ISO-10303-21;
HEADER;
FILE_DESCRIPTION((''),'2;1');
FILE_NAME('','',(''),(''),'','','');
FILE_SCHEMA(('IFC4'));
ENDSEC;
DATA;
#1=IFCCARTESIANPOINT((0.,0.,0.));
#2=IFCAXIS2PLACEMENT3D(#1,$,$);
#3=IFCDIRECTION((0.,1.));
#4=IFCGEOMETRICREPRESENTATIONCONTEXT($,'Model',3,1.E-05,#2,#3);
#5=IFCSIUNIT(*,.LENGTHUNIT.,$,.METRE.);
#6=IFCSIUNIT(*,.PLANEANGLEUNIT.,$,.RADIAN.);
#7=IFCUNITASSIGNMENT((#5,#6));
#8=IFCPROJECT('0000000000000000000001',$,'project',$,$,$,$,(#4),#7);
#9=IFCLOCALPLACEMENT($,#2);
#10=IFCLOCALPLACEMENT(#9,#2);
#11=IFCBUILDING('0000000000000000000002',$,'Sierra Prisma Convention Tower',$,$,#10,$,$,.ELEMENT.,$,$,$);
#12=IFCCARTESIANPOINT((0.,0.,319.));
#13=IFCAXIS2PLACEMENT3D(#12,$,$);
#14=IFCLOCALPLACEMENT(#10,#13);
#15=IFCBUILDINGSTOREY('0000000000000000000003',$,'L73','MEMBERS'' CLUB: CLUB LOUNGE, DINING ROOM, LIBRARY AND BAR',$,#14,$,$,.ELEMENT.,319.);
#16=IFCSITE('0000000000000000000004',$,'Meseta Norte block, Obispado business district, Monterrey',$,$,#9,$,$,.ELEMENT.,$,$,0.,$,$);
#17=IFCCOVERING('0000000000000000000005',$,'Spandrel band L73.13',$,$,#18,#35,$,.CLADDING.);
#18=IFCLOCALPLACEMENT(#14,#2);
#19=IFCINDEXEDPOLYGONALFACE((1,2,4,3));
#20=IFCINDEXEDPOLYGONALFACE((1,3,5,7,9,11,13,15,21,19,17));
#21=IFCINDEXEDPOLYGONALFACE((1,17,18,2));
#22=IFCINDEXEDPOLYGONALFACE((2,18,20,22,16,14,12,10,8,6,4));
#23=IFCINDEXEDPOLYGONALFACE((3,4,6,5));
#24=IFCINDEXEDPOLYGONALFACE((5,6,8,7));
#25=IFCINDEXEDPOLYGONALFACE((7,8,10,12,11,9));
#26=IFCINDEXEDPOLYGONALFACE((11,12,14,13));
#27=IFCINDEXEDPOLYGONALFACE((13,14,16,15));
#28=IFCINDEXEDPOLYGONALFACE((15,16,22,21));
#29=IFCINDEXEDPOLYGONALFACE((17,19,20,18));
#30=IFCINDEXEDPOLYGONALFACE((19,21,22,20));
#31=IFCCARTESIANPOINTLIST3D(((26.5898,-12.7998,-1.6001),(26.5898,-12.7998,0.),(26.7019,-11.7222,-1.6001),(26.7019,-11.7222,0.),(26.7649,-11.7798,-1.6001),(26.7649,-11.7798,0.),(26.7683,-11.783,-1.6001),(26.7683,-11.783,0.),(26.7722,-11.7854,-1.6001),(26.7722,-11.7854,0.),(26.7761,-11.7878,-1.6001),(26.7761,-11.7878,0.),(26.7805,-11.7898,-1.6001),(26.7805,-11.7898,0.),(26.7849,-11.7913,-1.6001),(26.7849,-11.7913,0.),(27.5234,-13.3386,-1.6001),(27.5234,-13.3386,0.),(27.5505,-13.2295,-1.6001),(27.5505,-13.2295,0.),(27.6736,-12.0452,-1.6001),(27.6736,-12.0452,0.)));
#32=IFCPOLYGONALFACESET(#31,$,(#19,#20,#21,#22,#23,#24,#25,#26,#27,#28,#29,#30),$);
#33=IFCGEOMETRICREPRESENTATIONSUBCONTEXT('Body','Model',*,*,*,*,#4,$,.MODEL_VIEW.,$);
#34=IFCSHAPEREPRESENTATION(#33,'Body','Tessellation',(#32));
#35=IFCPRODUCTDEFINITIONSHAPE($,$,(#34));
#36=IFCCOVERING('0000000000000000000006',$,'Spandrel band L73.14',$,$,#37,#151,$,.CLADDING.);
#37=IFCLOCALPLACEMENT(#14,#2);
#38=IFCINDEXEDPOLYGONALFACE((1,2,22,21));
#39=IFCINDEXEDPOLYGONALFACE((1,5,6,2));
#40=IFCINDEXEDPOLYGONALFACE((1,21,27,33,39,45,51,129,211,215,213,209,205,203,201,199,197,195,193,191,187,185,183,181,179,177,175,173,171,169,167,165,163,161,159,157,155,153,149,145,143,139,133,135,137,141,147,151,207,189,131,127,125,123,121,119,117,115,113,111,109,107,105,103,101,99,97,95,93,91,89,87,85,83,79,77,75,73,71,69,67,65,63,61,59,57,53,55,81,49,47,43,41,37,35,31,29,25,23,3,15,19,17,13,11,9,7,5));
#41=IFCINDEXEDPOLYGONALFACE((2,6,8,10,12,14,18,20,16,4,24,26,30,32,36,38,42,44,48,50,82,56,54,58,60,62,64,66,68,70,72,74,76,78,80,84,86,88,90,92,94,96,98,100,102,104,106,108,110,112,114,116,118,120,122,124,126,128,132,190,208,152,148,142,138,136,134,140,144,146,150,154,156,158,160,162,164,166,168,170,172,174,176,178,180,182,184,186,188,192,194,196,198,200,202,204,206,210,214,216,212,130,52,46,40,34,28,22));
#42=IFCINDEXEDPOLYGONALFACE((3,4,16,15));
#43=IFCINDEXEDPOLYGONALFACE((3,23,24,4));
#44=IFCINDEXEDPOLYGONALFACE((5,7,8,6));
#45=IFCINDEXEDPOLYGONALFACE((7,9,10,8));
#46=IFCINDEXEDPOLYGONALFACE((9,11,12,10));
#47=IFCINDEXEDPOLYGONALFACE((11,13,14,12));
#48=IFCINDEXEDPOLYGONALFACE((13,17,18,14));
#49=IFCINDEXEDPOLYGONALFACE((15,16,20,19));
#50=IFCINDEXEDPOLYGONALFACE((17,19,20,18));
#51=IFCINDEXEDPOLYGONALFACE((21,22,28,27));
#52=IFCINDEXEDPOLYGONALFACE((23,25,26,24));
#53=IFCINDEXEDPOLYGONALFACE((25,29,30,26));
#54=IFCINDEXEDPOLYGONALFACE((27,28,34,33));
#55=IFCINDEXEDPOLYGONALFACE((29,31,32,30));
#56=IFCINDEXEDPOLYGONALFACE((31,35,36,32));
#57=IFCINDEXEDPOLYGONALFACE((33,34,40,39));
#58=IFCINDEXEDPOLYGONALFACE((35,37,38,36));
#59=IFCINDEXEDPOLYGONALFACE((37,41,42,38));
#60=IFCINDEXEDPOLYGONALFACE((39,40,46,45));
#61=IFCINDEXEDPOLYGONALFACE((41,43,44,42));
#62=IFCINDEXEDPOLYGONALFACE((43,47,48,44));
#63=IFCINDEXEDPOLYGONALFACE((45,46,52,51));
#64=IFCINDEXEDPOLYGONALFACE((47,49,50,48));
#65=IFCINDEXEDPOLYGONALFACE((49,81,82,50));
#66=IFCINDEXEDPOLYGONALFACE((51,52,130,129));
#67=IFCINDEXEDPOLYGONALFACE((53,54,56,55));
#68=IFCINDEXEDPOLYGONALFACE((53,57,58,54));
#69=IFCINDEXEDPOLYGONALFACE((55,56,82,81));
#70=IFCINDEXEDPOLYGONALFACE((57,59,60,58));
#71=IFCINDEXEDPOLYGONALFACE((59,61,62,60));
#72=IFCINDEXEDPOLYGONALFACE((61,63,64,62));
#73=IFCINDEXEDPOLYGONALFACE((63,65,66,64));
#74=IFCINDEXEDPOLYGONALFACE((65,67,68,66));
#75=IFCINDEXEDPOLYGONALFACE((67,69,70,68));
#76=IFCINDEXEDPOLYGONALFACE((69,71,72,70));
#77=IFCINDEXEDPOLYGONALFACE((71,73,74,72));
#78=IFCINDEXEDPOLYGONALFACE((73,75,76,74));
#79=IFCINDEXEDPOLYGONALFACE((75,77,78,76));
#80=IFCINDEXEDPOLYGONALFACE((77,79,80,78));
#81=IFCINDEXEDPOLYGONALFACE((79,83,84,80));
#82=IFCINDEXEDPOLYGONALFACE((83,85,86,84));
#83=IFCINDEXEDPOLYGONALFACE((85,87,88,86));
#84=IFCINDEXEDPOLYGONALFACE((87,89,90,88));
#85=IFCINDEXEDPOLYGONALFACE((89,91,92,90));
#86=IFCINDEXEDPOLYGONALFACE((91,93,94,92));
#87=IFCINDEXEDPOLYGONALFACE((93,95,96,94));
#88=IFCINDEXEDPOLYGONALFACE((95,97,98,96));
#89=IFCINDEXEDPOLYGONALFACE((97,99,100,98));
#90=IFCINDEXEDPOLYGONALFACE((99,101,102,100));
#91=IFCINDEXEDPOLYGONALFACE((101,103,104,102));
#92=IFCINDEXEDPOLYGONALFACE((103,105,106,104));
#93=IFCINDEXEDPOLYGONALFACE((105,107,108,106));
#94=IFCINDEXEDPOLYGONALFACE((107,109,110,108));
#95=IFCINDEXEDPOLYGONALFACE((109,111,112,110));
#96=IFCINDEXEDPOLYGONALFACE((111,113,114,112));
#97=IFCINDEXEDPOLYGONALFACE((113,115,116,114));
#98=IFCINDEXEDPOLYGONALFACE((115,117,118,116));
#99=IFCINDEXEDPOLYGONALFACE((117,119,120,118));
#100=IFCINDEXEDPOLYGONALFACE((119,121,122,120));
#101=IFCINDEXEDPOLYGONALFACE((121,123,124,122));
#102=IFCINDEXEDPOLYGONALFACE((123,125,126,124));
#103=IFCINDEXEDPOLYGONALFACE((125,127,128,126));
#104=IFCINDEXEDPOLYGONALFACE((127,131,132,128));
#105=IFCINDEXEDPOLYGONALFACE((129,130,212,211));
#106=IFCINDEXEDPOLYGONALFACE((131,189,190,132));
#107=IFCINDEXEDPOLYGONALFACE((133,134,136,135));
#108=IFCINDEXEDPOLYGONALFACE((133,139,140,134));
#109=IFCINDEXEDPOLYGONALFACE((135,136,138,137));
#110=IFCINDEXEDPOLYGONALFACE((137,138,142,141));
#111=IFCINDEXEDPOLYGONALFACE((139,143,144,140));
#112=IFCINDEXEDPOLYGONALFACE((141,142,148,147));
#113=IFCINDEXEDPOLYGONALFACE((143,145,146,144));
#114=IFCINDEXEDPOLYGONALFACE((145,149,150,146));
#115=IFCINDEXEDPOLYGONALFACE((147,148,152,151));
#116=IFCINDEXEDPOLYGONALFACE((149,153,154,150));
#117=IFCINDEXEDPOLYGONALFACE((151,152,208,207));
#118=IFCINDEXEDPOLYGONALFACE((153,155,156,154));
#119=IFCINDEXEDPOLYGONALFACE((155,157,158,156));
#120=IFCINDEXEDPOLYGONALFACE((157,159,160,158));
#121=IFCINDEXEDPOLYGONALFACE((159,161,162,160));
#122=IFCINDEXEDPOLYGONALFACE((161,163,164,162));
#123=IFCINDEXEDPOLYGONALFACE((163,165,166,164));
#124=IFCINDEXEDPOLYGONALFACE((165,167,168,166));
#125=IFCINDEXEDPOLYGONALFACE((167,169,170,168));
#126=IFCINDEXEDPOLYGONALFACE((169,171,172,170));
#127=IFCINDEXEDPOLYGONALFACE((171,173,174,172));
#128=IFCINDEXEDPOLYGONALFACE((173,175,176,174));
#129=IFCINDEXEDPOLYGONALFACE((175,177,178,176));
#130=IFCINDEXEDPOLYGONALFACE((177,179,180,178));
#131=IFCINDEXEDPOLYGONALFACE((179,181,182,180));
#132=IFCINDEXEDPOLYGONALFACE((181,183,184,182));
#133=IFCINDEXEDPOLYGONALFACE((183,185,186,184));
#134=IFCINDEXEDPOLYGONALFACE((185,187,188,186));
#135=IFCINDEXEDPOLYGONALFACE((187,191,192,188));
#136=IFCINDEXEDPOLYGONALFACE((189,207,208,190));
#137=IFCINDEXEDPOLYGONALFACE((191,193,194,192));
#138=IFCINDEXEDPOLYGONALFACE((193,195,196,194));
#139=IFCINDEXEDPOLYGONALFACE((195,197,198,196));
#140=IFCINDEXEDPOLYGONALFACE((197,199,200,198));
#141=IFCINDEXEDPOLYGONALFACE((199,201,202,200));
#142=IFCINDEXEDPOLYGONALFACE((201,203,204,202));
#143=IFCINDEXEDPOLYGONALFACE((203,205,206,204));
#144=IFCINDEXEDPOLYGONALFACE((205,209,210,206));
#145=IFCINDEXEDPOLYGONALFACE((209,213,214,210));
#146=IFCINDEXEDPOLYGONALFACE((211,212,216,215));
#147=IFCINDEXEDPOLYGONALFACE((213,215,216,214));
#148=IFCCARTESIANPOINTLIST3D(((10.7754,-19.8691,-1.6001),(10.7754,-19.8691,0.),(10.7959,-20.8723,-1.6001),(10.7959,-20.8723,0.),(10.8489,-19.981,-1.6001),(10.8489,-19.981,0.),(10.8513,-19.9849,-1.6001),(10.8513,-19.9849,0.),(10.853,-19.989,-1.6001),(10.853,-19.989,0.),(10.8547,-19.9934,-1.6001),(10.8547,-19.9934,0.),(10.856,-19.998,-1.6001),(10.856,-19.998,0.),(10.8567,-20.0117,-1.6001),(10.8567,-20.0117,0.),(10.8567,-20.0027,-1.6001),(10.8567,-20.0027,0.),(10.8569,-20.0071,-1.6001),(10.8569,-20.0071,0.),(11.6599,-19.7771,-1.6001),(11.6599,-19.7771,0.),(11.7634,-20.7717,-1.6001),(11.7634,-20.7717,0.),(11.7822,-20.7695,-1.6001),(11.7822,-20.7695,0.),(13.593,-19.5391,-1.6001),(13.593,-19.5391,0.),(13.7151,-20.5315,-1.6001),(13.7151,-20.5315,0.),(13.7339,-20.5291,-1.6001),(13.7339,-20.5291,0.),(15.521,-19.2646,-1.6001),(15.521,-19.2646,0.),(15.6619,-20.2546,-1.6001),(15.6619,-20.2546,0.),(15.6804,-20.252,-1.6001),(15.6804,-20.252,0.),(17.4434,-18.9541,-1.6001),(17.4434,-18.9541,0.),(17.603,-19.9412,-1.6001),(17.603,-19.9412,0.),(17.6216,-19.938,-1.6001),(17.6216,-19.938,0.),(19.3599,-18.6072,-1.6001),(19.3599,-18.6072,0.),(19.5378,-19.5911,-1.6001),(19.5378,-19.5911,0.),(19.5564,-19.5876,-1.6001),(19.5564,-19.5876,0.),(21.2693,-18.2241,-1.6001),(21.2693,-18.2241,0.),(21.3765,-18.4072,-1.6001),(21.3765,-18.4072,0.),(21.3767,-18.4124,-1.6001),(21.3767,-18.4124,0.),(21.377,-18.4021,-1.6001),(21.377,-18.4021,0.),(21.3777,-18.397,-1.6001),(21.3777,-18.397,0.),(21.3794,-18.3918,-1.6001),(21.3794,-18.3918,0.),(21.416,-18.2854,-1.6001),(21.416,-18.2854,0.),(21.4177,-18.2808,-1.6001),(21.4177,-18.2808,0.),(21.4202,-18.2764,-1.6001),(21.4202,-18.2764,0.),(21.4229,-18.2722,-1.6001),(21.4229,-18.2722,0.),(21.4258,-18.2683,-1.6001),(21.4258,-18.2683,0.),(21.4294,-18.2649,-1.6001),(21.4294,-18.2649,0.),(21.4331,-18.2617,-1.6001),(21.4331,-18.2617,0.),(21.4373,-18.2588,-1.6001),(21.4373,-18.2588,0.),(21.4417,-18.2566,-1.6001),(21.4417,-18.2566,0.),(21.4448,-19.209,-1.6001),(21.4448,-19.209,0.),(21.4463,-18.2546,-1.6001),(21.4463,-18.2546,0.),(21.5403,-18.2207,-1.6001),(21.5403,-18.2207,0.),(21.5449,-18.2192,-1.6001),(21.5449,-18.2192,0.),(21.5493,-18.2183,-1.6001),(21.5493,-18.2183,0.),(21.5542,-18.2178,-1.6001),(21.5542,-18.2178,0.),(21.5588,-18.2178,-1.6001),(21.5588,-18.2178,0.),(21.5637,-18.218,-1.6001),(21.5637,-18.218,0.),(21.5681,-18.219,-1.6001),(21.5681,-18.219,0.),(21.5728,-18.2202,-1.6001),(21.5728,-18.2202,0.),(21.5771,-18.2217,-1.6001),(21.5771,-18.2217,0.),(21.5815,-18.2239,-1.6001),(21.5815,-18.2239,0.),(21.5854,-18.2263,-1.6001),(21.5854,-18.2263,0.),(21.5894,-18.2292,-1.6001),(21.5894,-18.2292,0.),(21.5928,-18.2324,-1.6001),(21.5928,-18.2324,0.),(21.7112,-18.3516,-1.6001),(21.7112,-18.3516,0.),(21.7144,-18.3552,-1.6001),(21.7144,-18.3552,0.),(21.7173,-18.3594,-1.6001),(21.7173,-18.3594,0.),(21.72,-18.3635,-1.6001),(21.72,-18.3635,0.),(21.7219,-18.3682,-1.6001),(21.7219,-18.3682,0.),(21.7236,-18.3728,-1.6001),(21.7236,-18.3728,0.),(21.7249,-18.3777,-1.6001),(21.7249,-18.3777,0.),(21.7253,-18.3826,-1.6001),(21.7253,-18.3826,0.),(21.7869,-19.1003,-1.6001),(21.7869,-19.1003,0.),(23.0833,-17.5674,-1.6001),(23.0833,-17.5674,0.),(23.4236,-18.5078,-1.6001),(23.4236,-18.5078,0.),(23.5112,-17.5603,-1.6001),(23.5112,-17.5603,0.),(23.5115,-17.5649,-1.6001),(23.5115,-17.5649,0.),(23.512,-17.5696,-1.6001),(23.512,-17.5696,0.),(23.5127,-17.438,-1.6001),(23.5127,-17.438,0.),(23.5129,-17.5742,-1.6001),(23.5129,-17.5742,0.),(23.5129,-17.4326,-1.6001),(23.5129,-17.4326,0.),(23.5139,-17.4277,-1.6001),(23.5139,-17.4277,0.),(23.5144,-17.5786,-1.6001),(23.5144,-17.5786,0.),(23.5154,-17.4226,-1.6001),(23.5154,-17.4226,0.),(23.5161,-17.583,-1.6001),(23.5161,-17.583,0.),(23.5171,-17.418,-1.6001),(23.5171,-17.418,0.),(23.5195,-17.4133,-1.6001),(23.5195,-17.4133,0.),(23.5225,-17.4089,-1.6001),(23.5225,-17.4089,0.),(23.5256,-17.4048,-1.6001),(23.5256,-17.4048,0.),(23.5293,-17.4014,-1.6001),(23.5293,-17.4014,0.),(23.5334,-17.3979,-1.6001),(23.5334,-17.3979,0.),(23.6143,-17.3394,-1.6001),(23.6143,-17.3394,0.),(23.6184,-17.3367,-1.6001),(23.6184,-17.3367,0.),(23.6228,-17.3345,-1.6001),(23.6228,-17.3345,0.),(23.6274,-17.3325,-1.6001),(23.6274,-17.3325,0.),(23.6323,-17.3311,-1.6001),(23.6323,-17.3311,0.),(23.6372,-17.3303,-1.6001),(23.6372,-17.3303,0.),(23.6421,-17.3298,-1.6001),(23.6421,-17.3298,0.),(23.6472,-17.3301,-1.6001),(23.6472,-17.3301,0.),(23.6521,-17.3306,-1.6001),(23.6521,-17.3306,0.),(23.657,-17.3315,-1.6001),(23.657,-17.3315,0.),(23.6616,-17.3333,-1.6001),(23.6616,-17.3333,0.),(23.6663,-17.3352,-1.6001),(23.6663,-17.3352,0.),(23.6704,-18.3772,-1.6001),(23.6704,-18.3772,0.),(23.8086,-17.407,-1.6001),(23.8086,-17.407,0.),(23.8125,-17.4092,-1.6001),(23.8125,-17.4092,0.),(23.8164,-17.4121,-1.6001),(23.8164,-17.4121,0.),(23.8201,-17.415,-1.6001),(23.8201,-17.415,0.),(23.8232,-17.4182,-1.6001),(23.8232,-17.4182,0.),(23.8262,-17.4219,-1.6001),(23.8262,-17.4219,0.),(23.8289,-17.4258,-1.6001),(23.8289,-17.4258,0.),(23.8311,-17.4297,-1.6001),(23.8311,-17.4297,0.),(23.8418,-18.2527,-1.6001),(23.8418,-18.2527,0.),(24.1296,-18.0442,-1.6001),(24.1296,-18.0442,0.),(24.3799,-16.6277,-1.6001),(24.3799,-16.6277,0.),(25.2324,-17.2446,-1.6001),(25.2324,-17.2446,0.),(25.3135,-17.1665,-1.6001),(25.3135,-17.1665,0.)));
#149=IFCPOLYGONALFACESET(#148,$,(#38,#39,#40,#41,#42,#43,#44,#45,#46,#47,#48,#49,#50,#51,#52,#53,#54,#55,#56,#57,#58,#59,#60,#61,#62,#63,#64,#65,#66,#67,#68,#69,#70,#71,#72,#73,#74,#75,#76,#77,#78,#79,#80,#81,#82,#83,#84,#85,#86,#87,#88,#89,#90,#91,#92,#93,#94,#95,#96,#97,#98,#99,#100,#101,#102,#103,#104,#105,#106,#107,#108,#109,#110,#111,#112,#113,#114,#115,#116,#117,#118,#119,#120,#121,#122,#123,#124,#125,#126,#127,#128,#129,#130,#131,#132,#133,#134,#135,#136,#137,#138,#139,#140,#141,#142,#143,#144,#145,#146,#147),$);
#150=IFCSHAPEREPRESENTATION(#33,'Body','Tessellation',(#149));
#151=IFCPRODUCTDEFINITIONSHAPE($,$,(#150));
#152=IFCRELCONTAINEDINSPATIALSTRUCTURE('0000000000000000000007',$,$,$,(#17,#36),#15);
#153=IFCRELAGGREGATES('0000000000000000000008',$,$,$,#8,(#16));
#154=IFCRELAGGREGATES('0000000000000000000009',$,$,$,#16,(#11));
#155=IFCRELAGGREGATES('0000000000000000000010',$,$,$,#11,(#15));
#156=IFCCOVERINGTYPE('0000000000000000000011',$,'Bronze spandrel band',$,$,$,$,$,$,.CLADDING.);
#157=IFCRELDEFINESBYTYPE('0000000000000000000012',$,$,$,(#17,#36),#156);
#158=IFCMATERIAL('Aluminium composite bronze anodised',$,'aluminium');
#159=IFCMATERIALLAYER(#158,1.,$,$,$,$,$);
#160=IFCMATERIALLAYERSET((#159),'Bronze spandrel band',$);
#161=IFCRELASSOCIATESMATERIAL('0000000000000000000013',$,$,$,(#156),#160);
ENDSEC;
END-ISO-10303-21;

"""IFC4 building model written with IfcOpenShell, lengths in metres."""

from ifc_helpers import new_model, si_unit, direction, frame, origin, place, context, subcontext, project, spatial, polyline, outline, extrude, material, layer, layer_set, type_object, element, save


model = new_model("IFC4")

# Units and contexts
model_context = context("Model", 3, precision=1e-05, world=origin(), true_north=direction((0.0, 1.0)))
body_context = subcontext(model_context, "Body", "Model", "MODEL_VIEW")
ifc_project = project(units=[si_unit("LENGTHUNIT", "METRE"), si_unit("PLANEANGLEUNIT", "RADIAN")], contexts=[model_context])

# Site, building, storey
site_placement = place(None, origin())
site = spatial("IfcSite", under=ifc_project, at=site_placement, Name="Meseta Norte block, Obispado business district, Monterrey", CompositionType="ELEMENT", RefElevation=0.0)
building_placement = place(site_placement, origin())
building = spatial("IfcBuilding", under=site, at=building_placement, Name="Sierra Prisma Convention Tower", CompositionType="ELEMENT")
storey_placement = place(building_placement, frame((0.0, 0.0, 319.0)))
storey = spatial("IfcBuildingStorey", under=building, at=storey_placement, Name="L73", Description="MEMBERS' CLUB: CLUB LOUNGE, DINING ROOM, LIBRARY AND BAR", CompositionType="ELEMENT", Elevation=319.0)

# Coverings
ifc_material_1 = material(Name="Aluminium composite bronze anodised", Category="aluminium")
ifc_layer_1 = layer(ifc_material_1, 1.0)
ifc_layer_set_1 = layer_set([ifc_layer_1], Name="Bronze spandrel band")
covering_type_1 = type_object("IfcCoveringType", Name="Bronze spandrel band", PredefinedType="CLADDING", material=ifc_layer_set_1)
covering_1_placement = place(storey_placement, frame((0.0, 0.0, -1.6001)))
element("IfcCovering", 1, at=covering_1_placement, inside=storey, type_object=covering_type_1, Name="Spandrel band L73.13", PredefinedType="CLADDING", context=body_context, shape_type="SweptSolid", body=[
    extrude(outline(polyline([(26.7683, -11.783), (26.7722, -11.7854), (26.7761, -11.7878), (26.7805, -11.7898), (26.7849, -11.7913), (27.6736, -12.0452), (27.5505, -13.2295), (27.5234, -13.3386), (26.5898, -12.7998), (26.7019, -11.7222), (26.7649, -11.7798), (26.7683, -11.783)])), origin(), (0.0, 0.0, 1.0), 1.6001),
])
covering_2_placement = place(storey_placement, frame((0.0, 0.0, -1.6001)))
element("IfcCovering", 2, at=covering_2_placement, inside=storey, type_object=covering_type_1, Name="Spandrel band L73.14", PredefinedType="CLADDING", context=body_context, shape_type="SweptSolid", body=[
    extrude(outline(polyline([(23.8311, -17.4297), (23.8289, -17.4258), (23.8262, -17.4219), (23.8232, -17.4182), (23.8201, -17.415), (23.8164, -17.4121), (23.8125, -17.4092), (23.8086, -17.407), (23.6663, -17.3352), (23.6616, -17.3333), (23.657, -17.3315), (23.6521, -17.3306), (23.6472, -17.3301), (23.6421, -17.3298), (23.6372, -17.3303), (23.6323, -17.3311), (23.6274, -17.3325), (23.6228, -17.3345), (23.6184, -17.3367), (23.6143, -17.3394), (23.5334, -17.3979), (23.5293, -17.4014), (23.5256, -17.4048), (23.5225, -17.4089), (23.5195, -17.4133), (23.5171, -17.418), (23.5154, -17.4226), (23.5139, -17.4277), (23.5129, -17.4326), (23.5127, -17.438), (23.5112, -17.5603), (23.5115, -17.5649), (23.512, -17.5696), (23.5129, -17.5742), (23.5144, -17.5786), (23.5161, -17.583), (23.8418, -18.2527), (23.6704, -18.3772), (23.4236, -18.5078), (21.7869, -19.1003), (21.7253, -18.3826), (21.7249, -18.3777), (21.7236, -18.3728), (21.7219, -18.3682), (21.72, -18.3635), (21.7173, -18.3594), (21.7144, -18.3552), (21.7112, -18.3516), (21.5928, -18.2324), (21.5894, -18.2292), (21.5854, -18.2263), (21.5815, -18.2239), (21.5771, -18.2217), (21.5728, -18.2202), (21.5681, -18.219), (21.5637, -18.218), (21.5588, -18.2178), (21.5542, -18.2178), (21.5493, -18.2183), (21.5449, -18.2192), (21.5403, -18.2207), (21.4463, -18.2546), (21.4417, -18.2566), (21.4373, -18.2588), (21.4331, -18.2617), (21.4294, -18.2649), (21.4258, -18.2683), (21.4229, -18.2722), (21.4202, -18.2764), (21.4177, -18.2808), (21.416, -18.2854), (21.3794, -18.3918), (21.3777, -18.397), (21.377, -18.4021), (21.3765, -18.4072), (21.3767, -18.4124), (21.4448, -19.209), (19.5564, -19.5876), (19.5378, -19.5911), (17.6216, -19.938), (17.603, -19.9412), (15.6804, -20.252), (15.6619, -20.2546), (13.7339, -20.5291), (13.7151, -20.5315), (11.7822, -20.7695), (11.7634, -20.7717), (10.7959, -20.8723), (10.8567, -20.0117), (10.8569, -20.0071), (10.8567, -20.0027), (10.856, -19.998), (10.8547, -19.9934), (10.853, -19.989), (10.8513, -19.9849), (10.8489, -19.981), (10.7754, -19.8691), (11.6599, -19.7771), (13.593, -19.5391), (15.521, -19.2646), (17.4434, -18.9541), (19.3599, -18.6072), (21.2693, -18.2241), (23.0833, -17.5674), (24.3799, -16.6277), (25.3135, -17.1665), (25.2324, -17.2446), (24.1296, -18.0442), (23.8311, -17.4297)])), origin(), (0.0, 0.0, 1.0), 1.6001),
])

save(model, "model.ifc")
